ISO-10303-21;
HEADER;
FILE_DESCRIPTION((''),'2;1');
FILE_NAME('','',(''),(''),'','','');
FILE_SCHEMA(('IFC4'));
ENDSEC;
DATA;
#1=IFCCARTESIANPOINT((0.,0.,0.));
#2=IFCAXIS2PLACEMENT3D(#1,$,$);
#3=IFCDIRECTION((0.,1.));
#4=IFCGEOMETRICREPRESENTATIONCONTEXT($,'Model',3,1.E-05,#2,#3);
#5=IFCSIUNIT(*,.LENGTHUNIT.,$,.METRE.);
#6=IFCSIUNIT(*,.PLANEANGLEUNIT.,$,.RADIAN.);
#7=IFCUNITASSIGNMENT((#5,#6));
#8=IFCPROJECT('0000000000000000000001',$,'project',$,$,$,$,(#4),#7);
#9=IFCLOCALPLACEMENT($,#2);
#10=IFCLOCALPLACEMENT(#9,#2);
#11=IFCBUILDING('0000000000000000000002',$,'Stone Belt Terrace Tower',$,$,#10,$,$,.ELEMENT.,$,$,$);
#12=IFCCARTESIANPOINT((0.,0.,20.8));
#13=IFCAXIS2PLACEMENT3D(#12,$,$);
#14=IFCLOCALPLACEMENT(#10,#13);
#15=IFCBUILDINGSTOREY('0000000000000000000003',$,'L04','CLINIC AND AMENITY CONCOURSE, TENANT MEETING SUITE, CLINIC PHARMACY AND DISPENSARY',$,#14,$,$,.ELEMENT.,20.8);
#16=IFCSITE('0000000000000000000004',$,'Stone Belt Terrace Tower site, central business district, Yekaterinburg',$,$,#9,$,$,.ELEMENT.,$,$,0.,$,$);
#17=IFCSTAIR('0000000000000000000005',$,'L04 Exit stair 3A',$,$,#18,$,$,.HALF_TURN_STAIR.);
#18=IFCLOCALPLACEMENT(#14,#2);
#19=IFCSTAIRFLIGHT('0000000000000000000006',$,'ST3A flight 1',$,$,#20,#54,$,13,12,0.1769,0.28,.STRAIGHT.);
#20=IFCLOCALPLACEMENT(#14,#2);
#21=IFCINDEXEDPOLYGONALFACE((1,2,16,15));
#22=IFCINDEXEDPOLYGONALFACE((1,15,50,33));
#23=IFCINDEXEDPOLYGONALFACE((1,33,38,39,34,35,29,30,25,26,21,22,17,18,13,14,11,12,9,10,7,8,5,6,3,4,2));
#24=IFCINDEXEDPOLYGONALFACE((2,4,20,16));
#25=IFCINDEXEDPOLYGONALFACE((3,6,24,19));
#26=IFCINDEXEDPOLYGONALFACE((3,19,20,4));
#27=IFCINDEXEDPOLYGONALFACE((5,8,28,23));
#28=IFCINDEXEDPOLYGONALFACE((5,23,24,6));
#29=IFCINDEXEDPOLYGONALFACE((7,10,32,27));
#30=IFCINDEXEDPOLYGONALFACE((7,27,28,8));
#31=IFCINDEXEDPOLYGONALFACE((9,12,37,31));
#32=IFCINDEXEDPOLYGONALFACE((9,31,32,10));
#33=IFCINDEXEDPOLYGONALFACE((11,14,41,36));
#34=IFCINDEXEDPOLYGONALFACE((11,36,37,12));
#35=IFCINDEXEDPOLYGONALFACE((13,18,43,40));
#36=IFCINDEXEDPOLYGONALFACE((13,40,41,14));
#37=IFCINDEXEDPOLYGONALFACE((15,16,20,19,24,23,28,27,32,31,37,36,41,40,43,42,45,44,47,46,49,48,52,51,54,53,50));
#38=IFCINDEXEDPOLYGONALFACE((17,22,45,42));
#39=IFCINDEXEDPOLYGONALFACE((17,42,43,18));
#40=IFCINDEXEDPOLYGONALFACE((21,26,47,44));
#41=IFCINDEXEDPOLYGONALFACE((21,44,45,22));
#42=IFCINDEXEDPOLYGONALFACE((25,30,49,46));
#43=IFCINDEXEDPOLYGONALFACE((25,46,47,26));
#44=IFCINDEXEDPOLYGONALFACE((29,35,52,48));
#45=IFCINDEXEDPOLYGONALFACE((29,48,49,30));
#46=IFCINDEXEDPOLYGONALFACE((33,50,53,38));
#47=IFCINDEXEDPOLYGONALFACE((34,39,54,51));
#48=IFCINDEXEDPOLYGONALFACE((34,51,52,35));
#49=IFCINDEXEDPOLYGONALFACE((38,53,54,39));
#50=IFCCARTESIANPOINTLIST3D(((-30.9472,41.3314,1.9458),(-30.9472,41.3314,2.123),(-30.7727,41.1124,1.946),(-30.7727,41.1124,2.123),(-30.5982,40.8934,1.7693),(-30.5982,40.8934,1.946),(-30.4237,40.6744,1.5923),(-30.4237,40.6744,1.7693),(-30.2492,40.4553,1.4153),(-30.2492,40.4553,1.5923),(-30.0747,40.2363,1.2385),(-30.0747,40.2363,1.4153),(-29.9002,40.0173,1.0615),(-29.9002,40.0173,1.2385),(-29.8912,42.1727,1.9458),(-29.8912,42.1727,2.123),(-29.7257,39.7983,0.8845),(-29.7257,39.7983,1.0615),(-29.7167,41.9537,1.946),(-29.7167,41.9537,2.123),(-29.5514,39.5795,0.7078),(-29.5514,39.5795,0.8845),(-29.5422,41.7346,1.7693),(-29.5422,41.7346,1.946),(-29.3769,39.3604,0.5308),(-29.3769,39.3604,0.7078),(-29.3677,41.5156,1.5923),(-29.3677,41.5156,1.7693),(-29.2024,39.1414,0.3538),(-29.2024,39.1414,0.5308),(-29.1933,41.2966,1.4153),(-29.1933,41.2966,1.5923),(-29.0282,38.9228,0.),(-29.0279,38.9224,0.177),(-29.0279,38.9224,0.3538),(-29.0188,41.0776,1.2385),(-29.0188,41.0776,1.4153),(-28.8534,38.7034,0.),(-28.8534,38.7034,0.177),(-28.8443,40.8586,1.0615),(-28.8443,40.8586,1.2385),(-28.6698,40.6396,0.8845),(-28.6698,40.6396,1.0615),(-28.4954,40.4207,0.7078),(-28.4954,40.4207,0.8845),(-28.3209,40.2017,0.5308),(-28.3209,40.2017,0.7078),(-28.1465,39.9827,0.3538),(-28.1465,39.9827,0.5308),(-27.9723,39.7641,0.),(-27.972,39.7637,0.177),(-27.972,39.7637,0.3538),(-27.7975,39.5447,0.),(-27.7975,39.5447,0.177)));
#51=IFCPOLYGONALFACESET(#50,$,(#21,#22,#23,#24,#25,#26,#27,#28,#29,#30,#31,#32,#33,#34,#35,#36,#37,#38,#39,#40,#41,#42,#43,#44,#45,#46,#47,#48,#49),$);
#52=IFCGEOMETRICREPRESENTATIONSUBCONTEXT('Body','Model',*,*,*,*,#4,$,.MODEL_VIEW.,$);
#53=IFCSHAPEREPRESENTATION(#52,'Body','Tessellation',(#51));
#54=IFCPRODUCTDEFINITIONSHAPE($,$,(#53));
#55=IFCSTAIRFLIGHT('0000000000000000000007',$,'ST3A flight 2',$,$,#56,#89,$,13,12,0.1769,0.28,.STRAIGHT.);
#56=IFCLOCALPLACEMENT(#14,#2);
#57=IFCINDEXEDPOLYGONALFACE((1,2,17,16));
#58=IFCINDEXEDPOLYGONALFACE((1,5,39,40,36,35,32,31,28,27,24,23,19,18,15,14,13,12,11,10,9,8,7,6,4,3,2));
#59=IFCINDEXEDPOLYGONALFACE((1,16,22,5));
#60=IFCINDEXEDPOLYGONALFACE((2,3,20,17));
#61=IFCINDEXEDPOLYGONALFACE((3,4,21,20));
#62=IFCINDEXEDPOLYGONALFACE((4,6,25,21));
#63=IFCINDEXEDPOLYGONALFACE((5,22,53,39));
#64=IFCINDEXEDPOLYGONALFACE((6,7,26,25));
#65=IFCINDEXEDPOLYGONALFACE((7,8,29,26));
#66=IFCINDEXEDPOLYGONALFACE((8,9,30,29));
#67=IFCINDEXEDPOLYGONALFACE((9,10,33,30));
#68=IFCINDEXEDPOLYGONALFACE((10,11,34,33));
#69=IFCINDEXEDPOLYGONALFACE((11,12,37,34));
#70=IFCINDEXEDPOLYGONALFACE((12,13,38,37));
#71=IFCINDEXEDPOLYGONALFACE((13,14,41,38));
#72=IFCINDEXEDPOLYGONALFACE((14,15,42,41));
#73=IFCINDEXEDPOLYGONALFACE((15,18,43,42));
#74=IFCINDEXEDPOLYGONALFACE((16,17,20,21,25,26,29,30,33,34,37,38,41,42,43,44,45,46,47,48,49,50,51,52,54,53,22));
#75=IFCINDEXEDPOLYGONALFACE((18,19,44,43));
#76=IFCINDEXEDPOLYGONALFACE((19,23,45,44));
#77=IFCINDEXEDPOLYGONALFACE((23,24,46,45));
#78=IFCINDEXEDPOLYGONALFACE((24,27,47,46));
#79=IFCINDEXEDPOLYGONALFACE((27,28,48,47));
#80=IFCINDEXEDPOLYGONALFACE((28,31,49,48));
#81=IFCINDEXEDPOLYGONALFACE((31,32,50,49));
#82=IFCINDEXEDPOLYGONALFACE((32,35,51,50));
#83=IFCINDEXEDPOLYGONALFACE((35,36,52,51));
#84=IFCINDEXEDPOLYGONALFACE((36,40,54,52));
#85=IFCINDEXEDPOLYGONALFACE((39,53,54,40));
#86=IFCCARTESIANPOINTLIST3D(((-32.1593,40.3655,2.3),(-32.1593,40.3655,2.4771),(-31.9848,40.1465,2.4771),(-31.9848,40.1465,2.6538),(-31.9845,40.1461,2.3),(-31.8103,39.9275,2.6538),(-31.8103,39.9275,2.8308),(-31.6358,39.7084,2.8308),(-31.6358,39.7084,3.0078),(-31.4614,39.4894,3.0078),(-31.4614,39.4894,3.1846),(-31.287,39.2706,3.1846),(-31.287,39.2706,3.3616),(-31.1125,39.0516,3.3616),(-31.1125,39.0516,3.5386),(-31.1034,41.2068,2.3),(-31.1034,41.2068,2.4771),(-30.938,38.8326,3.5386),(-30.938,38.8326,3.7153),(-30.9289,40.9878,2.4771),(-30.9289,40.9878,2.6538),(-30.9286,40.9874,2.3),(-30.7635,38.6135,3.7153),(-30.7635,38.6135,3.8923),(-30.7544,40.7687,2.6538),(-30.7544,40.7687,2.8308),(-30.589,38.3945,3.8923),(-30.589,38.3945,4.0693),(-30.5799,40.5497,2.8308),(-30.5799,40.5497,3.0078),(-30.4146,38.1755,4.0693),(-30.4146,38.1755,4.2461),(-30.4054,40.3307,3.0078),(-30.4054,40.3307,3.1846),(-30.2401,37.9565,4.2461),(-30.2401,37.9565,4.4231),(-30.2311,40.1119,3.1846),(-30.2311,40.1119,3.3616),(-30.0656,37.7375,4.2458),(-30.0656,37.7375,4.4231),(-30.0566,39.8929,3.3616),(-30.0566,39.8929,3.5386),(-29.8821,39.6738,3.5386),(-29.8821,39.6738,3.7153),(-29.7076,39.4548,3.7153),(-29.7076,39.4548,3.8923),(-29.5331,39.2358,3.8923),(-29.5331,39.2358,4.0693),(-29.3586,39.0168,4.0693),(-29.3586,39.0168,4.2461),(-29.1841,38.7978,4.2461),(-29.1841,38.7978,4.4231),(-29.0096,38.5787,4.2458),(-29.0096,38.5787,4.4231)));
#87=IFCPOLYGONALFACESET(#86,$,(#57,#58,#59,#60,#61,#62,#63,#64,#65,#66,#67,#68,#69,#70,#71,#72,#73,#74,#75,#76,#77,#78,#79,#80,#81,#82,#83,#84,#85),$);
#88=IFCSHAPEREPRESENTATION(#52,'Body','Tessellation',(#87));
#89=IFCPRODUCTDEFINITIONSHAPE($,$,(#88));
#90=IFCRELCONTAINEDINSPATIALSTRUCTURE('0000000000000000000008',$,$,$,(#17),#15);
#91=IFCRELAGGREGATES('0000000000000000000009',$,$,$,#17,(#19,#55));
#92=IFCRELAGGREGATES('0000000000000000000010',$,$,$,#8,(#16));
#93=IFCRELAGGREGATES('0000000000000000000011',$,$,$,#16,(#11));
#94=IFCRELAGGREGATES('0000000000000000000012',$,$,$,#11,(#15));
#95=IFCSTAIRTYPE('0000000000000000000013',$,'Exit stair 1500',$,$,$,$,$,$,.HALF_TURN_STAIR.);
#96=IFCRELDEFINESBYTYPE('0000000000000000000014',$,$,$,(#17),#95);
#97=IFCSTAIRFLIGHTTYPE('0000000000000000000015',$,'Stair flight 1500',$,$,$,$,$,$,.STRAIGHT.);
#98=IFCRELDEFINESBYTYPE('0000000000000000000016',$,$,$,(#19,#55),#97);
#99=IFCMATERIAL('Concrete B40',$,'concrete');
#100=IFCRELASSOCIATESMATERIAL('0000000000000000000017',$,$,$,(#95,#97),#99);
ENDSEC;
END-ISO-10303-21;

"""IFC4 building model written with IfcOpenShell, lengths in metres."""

from ifc_helpers import new_model, si_unit, direction, frame, origin, place, context, subcontext, project, spatial, polyline, outline, extrude, material, type_object, element, aggregate, save


model = new_model("IFC4")

# Units and contexts
model_context = context("Model", 3, precision=1e-05, world=origin(), true_north=direction((0.0, 1.0)))
body_context = subcontext(model_context, "Body", "Model", "MODEL_VIEW")
ifc_project = project(units=[si_unit("LENGTHUNIT", "METRE"), si_unit("PLANEANGLEUNIT", "RADIAN")], contexts=[model_context])

# Site, building, storey
site_placement = place(None, origin())
site = spatial("IfcSite", under=ifc_project, at=site_placement, Name="Stone Belt Terrace Tower site, central business district, Yekaterinburg", CompositionType="ELEMENT", RefElevation=0.0)
building_placement = place(site_placement, origin())
building = spatial("IfcBuilding", under=site, at=building_placement, Name="Stone Belt Terrace Tower", CompositionType="ELEMENT")
storey_placement = place(building_placement, frame((0.0, 0.0, 20.8)))
storey = spatial("IfcBuildingStorey", under=building, at=storey_placement, Name="L04", Description="CLINIC AND AMENITY CONCOURSE, TENANT MEETING SUITE, CLINIC PHARMACY AND DISPENSARY", CompositionType="ELEMENT", Elevation=20.8)

# Stair, stair flights
ifc_material_1 = material(Name="Concrete B40", Category="concrete")
stair_type = type_object("IfcStairType", Name="Exit stair 1500", PredefinedType="HALF_TURN_STAIR", material=ifc_material_1)
stair_flight_type = type_object("IfcStairFlightType", Name="Stair flight 1500", PredefinedType="STRAIGHT", material=ifc_material_1)
stair_1_placement = place(storey_placement, origin())
stair_1 = element("IfcStair", 1, at=stair_1_placement, inside=storey, type_object=stair_type, Name="L04 Exit stair 3A", PredefinedType="HALF_TURN_STAIR")
stair_flight_1_placement = place(storey_placement, frame((-28.3254, 39.124, 0.0), z_axis=(0.0, 0.0, 1.0), x_axis=(-0.623121, 0.782125, 0.0)))
stair_flight_1 = element("IfcStairFlight", 2, at=stair_flight_1_placement, type_object=stair_flight_type, Name="ST3A flight 1", NumberOfRisers=13, NumberOfTreads=12, PredefinedType="STRAIGHT", RiserHeight=0.1769, TreadLength=0.28, context=body_context, shape_type="SweptSolid", body=[
    extrude(outline(polyline([(0.0, 0.0), (0.0, 0.177), (0.28, 0.177), (0.28, 0.3538), (0.5601, 0.3538), (0.5601, 0.5308), (0.8401, 0.5308), (0.8401, 0.7078), (1.1201, 0.7078), (1.1201, 0.8845), (1.3999, 0.8845), (1.3999, 1.0615), (1.6799, 1.0615), (1.6799, 1.2385), (1.96, 1.2385), (1.96, 1.4153), (2.24, 1.4153), (2.24, 1.5923), (2.52, 1.5923), (2.52, 1.7693), (2.8, 1.7693), (2.8, 1.946), (3.0801, 1.946), (3.0801, 2.123), (3.3601, 2.123), (3.3601, 2.3), (3.3601, 1.9458), (0.2805, 0.0), (0.0, 0.0)])), frame((0.0, 0.675, 0.0), z_axis=(0.0, -1.0, 0.0), x_axis=(1.0, 0.0, 0.0)), (0.0, 0.0, 1.0), 1.3501),
])
stair_flight_2_placement = place(storey_placement, frame((-31.6313, 40.7861, 2.3), z_axis=(0.0, 0.0, 1.0), x_axis=(0.623121, -0.782125, 0.0)))
stair_flight_2 = element("IfcStairFlight", 3, at=stair_flight_2_placement, type_object=stair_flight_type, Name="ST3A flight 2", NumberOfRisers=13, NumberOfTreads=12, PredefinedType="STRAIGHT", RiserHeight=0.1769, TreadLength=0.28, context=body_context, shape_type="SweptSolid", body=[
    extrude(outline(polyline([(0.0, 0.0), (0.0, 0.177), (0.28, 0.177), (0.28, 0.3538), (0.5601, 0.3538), (0.5601, 0.5308), (0.8401, 0.5308), (0.8401, 0.7078), (1.1201, 0.7078), (1.1201, 0.8845), (1.3999, 0.8845), (1.3999, 1.0615), (1.6799, 1.0615), (1.6799, 1.2385), (1.96, 1.2385), (1.96, 1.4153), (2.24, 1.4153), (2.24, 1.5923), (2.52, 1.5923), (2.52, 1.7693), (2.8, 1.7693), (2.8, 1.946), (3.0801, 1.946), (3.0801, 2.123), (3.3601, 2.123), (3.3601, 2.3), (3.3601, 1.9458), (0.2805, 0.0), (0.0, 0.0)])), frame((0.0, 0.675, 0.0), z_axis=(0.0, -1.0, 0.0), x_axis=(1.0, 0.0, 0.0)), (0.0, 0.0, 1.0), 1.3501),
])
aggregate(stair_1, [stair_flight_1, stair_flight_2])

save(model, "model.ifc")
